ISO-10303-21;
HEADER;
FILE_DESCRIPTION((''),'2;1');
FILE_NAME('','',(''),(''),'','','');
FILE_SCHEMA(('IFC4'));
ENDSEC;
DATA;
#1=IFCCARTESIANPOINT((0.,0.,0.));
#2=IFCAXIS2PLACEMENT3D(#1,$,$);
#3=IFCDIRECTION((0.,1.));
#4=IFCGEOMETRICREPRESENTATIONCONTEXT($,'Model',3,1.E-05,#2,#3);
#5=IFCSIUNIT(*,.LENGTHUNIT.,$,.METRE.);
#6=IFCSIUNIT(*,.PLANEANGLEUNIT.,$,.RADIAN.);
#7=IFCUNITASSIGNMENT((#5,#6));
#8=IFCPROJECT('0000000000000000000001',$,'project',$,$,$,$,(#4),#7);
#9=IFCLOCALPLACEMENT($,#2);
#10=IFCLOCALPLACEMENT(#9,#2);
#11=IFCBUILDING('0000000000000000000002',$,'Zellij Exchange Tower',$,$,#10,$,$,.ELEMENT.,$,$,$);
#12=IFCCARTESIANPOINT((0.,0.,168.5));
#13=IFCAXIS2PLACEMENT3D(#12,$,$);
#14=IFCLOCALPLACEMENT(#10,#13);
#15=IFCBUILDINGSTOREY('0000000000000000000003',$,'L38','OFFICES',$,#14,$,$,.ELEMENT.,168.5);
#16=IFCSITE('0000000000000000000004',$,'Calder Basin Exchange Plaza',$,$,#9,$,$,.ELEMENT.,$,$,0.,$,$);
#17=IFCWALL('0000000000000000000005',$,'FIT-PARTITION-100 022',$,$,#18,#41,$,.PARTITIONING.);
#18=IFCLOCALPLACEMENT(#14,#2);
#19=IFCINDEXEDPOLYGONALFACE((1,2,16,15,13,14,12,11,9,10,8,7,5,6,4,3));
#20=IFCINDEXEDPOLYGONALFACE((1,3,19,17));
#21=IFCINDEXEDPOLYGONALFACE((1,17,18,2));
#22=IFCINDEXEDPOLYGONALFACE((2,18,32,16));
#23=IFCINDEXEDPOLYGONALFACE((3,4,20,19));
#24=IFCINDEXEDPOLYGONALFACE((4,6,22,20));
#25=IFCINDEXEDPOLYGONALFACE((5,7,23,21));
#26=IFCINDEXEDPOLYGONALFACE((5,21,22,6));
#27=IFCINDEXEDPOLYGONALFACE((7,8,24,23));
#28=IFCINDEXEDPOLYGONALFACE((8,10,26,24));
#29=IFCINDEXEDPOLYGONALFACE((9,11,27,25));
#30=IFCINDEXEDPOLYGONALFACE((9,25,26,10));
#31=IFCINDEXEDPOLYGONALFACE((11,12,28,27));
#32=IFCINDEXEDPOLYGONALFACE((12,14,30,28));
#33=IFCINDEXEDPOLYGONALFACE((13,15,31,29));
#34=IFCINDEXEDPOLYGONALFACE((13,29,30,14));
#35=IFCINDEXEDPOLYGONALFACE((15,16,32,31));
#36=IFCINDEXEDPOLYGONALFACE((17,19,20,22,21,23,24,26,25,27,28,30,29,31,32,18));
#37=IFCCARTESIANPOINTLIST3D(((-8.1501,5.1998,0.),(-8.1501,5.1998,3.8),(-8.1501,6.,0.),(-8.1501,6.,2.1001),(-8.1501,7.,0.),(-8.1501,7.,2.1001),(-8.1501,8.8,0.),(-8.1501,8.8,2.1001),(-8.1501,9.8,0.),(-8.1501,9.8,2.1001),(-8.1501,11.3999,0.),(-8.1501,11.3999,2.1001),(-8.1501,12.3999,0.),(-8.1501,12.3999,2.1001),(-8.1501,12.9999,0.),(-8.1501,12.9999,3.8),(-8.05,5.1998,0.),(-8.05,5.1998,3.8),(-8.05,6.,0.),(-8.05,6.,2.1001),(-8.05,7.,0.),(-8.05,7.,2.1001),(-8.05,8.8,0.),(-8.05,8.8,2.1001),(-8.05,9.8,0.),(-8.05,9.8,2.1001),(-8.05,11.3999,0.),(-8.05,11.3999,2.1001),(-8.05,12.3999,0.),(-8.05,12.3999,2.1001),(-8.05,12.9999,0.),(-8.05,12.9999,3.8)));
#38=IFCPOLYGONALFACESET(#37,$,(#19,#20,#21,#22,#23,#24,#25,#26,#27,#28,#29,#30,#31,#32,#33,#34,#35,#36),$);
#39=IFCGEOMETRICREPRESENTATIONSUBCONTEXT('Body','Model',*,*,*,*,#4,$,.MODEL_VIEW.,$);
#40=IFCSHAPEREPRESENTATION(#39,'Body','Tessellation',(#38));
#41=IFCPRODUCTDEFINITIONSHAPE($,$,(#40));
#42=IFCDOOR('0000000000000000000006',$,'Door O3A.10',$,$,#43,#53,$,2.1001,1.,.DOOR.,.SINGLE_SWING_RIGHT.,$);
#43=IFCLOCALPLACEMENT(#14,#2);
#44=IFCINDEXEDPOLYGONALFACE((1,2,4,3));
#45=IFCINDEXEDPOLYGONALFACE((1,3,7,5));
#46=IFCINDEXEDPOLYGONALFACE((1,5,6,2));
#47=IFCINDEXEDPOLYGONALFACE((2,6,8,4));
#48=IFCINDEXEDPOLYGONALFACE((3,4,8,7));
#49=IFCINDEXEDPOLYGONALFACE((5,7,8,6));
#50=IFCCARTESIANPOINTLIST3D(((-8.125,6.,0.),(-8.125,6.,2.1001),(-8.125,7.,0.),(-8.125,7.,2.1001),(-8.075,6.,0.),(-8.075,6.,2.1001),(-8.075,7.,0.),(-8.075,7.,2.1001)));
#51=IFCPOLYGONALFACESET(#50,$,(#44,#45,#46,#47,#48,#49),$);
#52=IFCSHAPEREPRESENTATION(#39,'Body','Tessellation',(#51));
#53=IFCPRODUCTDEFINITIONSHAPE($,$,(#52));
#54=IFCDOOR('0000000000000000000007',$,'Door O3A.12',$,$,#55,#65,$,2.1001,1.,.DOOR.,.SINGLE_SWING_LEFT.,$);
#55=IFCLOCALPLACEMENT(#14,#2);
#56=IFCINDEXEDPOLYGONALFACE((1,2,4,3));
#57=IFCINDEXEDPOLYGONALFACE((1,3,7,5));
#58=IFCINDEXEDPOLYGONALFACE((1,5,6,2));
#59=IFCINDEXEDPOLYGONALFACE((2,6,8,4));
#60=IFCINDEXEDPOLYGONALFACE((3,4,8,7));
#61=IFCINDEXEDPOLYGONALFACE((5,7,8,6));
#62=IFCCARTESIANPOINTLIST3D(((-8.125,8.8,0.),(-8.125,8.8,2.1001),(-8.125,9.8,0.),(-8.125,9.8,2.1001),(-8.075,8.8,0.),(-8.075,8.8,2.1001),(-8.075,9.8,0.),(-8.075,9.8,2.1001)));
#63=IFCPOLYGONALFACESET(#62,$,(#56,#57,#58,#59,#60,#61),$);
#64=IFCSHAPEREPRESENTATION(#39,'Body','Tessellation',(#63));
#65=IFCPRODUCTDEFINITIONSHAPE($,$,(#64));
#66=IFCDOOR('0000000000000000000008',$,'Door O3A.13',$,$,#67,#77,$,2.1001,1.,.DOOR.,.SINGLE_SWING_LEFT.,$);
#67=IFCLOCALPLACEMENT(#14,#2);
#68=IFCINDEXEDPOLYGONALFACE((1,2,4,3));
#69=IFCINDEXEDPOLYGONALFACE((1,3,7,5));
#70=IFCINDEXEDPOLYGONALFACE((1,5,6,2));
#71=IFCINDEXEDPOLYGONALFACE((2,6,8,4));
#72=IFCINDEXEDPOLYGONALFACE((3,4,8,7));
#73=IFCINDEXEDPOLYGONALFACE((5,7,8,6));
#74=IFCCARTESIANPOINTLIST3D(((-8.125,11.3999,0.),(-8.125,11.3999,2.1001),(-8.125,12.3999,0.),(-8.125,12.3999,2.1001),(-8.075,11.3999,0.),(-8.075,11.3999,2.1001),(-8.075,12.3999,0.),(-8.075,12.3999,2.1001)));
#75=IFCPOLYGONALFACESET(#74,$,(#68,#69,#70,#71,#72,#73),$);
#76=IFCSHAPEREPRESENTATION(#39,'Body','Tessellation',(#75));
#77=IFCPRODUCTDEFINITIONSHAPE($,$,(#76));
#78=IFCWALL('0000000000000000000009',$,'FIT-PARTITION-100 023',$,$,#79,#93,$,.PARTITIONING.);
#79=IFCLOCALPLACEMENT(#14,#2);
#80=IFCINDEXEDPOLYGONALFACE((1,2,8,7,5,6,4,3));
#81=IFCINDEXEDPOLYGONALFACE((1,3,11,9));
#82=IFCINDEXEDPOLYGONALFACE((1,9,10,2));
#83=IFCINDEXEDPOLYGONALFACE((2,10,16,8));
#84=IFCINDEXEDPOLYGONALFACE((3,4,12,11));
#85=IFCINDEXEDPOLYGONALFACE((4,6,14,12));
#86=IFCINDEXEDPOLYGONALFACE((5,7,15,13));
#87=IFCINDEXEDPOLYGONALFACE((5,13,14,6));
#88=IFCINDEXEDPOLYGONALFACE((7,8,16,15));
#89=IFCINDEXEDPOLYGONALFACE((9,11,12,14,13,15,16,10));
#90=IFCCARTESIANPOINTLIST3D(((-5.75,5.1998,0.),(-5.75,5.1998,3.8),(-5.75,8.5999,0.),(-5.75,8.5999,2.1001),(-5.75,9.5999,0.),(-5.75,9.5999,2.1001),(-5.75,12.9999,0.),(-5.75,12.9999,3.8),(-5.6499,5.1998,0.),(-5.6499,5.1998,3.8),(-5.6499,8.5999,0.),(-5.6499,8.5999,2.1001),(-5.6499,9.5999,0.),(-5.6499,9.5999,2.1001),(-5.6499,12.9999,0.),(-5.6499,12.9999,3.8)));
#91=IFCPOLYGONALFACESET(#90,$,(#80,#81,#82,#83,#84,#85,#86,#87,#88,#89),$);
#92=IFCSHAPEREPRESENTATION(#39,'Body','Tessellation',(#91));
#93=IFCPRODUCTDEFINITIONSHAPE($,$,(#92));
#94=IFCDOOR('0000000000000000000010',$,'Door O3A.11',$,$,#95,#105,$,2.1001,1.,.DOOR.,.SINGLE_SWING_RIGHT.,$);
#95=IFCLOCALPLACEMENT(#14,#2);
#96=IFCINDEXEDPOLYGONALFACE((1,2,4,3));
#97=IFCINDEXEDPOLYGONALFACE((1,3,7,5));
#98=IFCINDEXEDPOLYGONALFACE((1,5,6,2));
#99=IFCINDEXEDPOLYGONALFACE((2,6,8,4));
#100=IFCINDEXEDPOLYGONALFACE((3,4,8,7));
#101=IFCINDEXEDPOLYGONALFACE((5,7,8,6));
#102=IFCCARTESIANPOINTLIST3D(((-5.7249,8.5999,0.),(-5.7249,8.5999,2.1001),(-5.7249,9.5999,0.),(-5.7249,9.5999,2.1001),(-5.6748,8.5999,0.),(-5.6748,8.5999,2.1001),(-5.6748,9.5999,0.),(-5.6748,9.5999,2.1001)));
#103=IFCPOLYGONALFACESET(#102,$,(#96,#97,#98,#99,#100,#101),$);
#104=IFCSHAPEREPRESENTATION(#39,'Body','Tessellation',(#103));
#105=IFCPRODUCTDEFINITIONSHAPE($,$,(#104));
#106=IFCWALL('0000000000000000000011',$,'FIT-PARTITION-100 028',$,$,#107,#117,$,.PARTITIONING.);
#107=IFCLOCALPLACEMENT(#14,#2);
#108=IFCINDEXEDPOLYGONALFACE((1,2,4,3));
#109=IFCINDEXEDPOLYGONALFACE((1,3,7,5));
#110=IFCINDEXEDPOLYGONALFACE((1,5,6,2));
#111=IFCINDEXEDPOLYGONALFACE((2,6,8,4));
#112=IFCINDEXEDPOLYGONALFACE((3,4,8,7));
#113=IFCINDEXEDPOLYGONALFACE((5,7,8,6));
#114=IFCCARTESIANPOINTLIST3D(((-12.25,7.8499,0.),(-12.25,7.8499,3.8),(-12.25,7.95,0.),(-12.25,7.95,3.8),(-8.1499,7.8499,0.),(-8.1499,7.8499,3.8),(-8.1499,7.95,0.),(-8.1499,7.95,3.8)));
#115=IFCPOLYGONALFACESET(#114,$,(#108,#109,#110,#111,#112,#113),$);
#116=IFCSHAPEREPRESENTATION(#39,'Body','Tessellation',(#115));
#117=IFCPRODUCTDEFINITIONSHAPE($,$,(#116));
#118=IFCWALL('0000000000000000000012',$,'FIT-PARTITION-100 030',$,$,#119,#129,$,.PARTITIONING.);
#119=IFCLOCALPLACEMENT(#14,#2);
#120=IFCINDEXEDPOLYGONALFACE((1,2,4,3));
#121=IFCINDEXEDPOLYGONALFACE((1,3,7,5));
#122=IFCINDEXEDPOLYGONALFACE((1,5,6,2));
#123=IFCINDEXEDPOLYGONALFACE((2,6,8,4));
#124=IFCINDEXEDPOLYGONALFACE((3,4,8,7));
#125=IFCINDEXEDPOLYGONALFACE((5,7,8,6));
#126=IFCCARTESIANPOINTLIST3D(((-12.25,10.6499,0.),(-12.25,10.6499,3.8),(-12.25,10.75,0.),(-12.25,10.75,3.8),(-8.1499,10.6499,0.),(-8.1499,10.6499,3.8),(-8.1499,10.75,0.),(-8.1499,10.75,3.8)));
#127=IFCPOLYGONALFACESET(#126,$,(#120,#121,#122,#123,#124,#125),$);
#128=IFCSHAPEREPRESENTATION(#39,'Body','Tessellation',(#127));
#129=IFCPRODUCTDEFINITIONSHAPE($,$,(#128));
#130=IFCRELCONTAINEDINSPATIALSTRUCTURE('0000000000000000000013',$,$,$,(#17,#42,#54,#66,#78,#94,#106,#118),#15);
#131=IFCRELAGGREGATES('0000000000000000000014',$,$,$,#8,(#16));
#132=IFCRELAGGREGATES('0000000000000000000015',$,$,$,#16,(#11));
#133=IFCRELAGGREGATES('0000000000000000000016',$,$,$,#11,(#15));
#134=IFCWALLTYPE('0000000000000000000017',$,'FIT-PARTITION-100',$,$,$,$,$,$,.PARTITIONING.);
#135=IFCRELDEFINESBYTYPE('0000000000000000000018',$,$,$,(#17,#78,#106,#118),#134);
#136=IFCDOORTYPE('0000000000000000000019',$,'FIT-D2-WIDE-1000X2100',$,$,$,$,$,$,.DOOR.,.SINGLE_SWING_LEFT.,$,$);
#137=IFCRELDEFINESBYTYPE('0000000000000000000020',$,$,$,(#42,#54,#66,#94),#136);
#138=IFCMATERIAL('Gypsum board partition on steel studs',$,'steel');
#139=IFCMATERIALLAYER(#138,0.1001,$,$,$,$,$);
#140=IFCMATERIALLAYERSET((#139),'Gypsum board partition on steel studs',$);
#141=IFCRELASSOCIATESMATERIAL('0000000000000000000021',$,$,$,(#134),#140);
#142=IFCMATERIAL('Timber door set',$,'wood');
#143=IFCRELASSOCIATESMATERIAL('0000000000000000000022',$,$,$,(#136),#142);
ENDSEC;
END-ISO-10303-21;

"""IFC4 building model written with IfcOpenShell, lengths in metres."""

from ifc_helpers import new_model, si_unit, direction, frame, frame_2d, origin, place, context, subcontext, project, spatial, rectangle, extrude, material, layer, layer_set, type_object, element, fill, save


model = new_model("IFC4")

# Units and contexts
model_context = context("Model", 3, precision=1e-05, world=origin(), true_north=direction((0.0, 1.0)))
body_context = subcontext(model_context, "Body", "Model", "MODEL_VIEW")
ifc_project = project(units=[si_unit("LENGTHUNIT", "METRE"), si_unit("PLANEANGLEUNIT", "RADIAN")], contexts=[model_context])

# Site, building, storey
site_placement = place(None, origin())
site = spatial("IfcSite", under=ifc_project, at=site_placement, Name="Calder Basin Exchange Plaza", CompositionType="ELEMENT", RefElevation=0.0)
building_placement = place(site_placement, origin())
building = spatial("IfcBuilding", under=site, at=building_placement, Name="Zellij Exchange Tower", CompositionType="ELEMENT")
storey_placement = place(building_placement, frame((0.0, 0.0, 168.5)))
storey = spatial("IfcBuildingStorey", under=building, at=storey_placement, Name="L38", Description="OFFICES", CompositionType="ELEMENT", Elevation=168.5)

# Shared definitions
ifc_material_1 = material(Name="Gypsum board partition on steel studs", Category="steel")
ifc_layer_1 = layer(ifc_material_1, 0.1001)
ifc_layer_set_1 = layer_set([ifc_layer_1], Name="Gypsum board partition on steel studs")
wall_type_1 = type_object("IfcWallType", Name="FIT-PARTITION-100", PredefinedType="PARTITIONING", material=ifc_layer_set_1)

# Wall, openings, doors
wall_1_placement = place(storey_placement, frame((-8.1001, 5.2, 0.0), z_axis=(0.0, 0.0, 1.0), x_axis=(0.0, 1.0, 0.0)))
wall_1 = element("IfcWall", 1, at=wall_1_placement, inside=storey, type_object=wall_type_1, Name="FIT-PARTITION-100 022", PredefinedType="PARTITIONING", context=body_context, shape_type="SweptSolid", body=[
    extrude(rectangle(XDim=7.8, YDim=0.1001, at=frame_2d((3.8999, 0.0))), origin(), (0.0, 0.0, 1.0), 3.8),
])
opening_1_placement = place(wall_1_placement, frame((0.8, 0.0, 0.0)))
opening_1 = element("IfcOpeningElement", 2, at=opening_1_placement, cuts=wall_1, PredefinedType="OPENING", context=body_context, shape_type="SweptSolid", body=[
    extrude(rectangle(XDim=1.0, YDim=2.1001, at=frame_2d((0.5, 1.05))), frame((0.0, 0.062, 0.0), z_axis=(0.0, -1.0, 0.0), x_axis=(1.0, 0.0, 0.0)), (0.0, 0.0, 1.0), 0.124),
])
opening_2_placement = place(wall_1_placement, frame((3.6001, 0.0, 0.0)))
opening_2 = element("IfcOpeningElement", 3, at=opening_2_placement, cuts=wall_1, PredefinedType="OPENING", context=body_context, shape_type="SweptSolid", body=[
    extrude(rectangle(XDim=1.0, YDim=2.1001, at=frame_2d((0.5, 1.05))), frame((0.0, 0.062, 0.0), z_axis=(0.0, -1.0, 0.0), x_axis=(1.0, 0.0, 0.0)), (0.0, 0.0, 1.0), 0.124),
])
opening_3_placement = place(wall_1_placement, frame((6.2, 0.0, 0.0)))
opening_3 = element("IfcOpeningElement", 4, at=opening_3_placement, cuts=wall_1, PredefinedType="OPENING", context=body_context, shape_type="SweptSolid", body=[
    extrude(rectangle(XDim=1.0, YDim=2.1001, at=frame_2d((0.5, 1.05))), frame((0.0, 0.062, 0.0), z_axis=(0.0, -1.0, 0.0), x_axis=(1.0, 0.0, 0.0)), (0.0, 0.0, 1.0), 0.124),
])
ifc_material_2 = material(Name="Timber door set", Category="wood")
door_type = type_object("IfcDoorType", Name="FIT-D2-WIDE-1000X2100", OperationType="SINGLE_SWING_LEFT", PredefinedType="DOOR", material=ifc_material_2)
door_1_placement = place(opening_1_placement, origin())
door_1 = element("IfcDoor", 5, at=door_1_placement, inside=storey, type_object=door_type, Name="Door O3A.10", OperationType="SINGLE_SWING_RIGHT", OverallHeight=2.1001, OverallWidth=1.0, PredefinedType="DOOR", context=body_context, shape_type="SweptSolid", body=[
    extrude(rectangle(XDim=1.0, YDim=2.1001, at=frame_2d((0.5, 1.05))), frame((0.0, 0.0249, 0.0), z_axis=(0.0, -1.0, 0.0), x_axis=(1.0, 0.0, 0.0)), (0.0, 0.0, 1.0), 0.05),
])
fill(opening_1, door_1)
door_2_placement = place(opening_2_placement, origin())
door_2 = element("IfcDoor", 6, at=door_2_placement, inside=storey, type_object=door_type, Name="Door O3A.12", OperationType="SINGLE_SWING_LEFT", OverallHeight=2.1001, OverallWidth=1.0, PredefinedType="DOOR", context=body_context, shape_type="SweptSolid", body=[
    extrude(rectangle(XDim=1.0, YDim=2.1001, at=frame_2d((0.5, 1.05))), frame((0.0, 0.0249, 0.0), z_axis=(0.0, -1.0, 0.0), x_axis=(1.0, 0.0, 0.0)), (0.0, 0.0, 1.0), 0.05),
])
fill(opening_2, door_2)
door_3_placement = place(opening_3_placement, origin())
door_3 = element("IfcDoor", 7, at=door_3_placement, inside=storey, type_object=door_type, Name="Door O3A.13", OperationType="SINGLE_SWING_LEFT", OverallHeight=2.1001, OverallWidth=1.0, PredefinedType="DOOR", context=body_context, shape_type="SweptSolid", body=[
    extrude(rectangle(XDim=1.0, YDim=2.1001, at=frame_2d((0.5, 1.05))), frame((0.0, 0.0249, 0.0), z_axis=(0.0, -1.0, 0.0), x_axis=(1.0, 0.0, 0.0)), (0.0, 0.0, 1.0), 0.05),
])
fill(opening_3, door_3)

# Wall, opening, door
wall_2_placement = place(storey_placement, frame((-5.7, 5.2, 0.0), z_axis=(0.0, 0.0, 1.0), x_axis=(0.0, 1.0, 0.0)))
wall_2 = element("IfcWall", 8, at=wall_2_placement, inside=storey, type_object=wall_type_1, Name="FIT-PARTITION-100 023", PredefinedType="PARTITIONING", context=body_context, shape_type="SweptSolid", body=[
    extrude(rectangle(XDim=7.8, YDim=0.1001, at=frame_2d((3.8999, 0.0))), origin(), (0.0, 0.0, 1.0), 3.8),
])
opening_4_placement = place(wall_2_placement, frame((3.3999, 0.0, 0.0)))
opening_4 = element("IfcOpeningElement", 9, at=opening_4_placement, cuts=wall_2, PredefinedType="OPENING", context=body_context, shape_type="SweptSolid", body=[
    extrude(rectangle(XDim=1.0, YDim=2.1001, at=frame_2d((0.5, 1.05))), frame((0.0, 0.062, 0.0), z_axis=(0.0, -1.0, 0.0), x_axis=(1.0, 0.0, 0.0)), (0.0, 0.0, 1.0), 0.124),
])
door_4_placement = place(opening_4_placement, origin())
door_4 = element("IfcDoor", 10, at=door_4_placement, inside=storey, type_object=door_type, Name="Door O3A.11", OperationType="SINGLE_SWING_RIGHT", OverallHeight=2.1001, OverallWidth=1.0, PredefinedType="DOOR", context=body_context, shape_type="SweptSolid", body=[
    extrude(rectangle(XDim=1.0, YDim=2.1001, at=frame_2d((0.5, 1.05))), frame((0.0, 0.0249, 0.0), z_axis=(0.0, -1.0, 0.0), x_axis=(1.0, 0.0, 0.0)), (0.0, 0.0, 1.0), 0.05),
])
fill(opening_4, door_4)

# Walls
for number, where, z_axis, x_axis, name in (
    (11, (-12.25, 7.8999, 0.0), (0.0, 0.0, 1.0), (1.0, 0.0, 0.0), "FIT-PARTITION-100 028"),
    (12, (-12.25, 10.7, 0.0), (0.0, 0.0, 1.0), (1.0, 0.0, 0.0), "FIT-PARTITION-100 030"),
):
    element("IfcWall", number, at=place(storey_placement, frame(where, z_axis=z_axis, x_axis=x_axis)), inside=storey, type_object=wall_type_1, Name=name, PredefinedType="PARTITIONING", context=body_context, shape_type="SweptSolid", body=[
        extrude(rectangle(XDim=4.1001, YDim=0.1001, at=frame_2d((2.05, 0.0))), origin(), (0.0, 0.0, 1.0), 3.8),
    ])

save(model, "model.ifc")
